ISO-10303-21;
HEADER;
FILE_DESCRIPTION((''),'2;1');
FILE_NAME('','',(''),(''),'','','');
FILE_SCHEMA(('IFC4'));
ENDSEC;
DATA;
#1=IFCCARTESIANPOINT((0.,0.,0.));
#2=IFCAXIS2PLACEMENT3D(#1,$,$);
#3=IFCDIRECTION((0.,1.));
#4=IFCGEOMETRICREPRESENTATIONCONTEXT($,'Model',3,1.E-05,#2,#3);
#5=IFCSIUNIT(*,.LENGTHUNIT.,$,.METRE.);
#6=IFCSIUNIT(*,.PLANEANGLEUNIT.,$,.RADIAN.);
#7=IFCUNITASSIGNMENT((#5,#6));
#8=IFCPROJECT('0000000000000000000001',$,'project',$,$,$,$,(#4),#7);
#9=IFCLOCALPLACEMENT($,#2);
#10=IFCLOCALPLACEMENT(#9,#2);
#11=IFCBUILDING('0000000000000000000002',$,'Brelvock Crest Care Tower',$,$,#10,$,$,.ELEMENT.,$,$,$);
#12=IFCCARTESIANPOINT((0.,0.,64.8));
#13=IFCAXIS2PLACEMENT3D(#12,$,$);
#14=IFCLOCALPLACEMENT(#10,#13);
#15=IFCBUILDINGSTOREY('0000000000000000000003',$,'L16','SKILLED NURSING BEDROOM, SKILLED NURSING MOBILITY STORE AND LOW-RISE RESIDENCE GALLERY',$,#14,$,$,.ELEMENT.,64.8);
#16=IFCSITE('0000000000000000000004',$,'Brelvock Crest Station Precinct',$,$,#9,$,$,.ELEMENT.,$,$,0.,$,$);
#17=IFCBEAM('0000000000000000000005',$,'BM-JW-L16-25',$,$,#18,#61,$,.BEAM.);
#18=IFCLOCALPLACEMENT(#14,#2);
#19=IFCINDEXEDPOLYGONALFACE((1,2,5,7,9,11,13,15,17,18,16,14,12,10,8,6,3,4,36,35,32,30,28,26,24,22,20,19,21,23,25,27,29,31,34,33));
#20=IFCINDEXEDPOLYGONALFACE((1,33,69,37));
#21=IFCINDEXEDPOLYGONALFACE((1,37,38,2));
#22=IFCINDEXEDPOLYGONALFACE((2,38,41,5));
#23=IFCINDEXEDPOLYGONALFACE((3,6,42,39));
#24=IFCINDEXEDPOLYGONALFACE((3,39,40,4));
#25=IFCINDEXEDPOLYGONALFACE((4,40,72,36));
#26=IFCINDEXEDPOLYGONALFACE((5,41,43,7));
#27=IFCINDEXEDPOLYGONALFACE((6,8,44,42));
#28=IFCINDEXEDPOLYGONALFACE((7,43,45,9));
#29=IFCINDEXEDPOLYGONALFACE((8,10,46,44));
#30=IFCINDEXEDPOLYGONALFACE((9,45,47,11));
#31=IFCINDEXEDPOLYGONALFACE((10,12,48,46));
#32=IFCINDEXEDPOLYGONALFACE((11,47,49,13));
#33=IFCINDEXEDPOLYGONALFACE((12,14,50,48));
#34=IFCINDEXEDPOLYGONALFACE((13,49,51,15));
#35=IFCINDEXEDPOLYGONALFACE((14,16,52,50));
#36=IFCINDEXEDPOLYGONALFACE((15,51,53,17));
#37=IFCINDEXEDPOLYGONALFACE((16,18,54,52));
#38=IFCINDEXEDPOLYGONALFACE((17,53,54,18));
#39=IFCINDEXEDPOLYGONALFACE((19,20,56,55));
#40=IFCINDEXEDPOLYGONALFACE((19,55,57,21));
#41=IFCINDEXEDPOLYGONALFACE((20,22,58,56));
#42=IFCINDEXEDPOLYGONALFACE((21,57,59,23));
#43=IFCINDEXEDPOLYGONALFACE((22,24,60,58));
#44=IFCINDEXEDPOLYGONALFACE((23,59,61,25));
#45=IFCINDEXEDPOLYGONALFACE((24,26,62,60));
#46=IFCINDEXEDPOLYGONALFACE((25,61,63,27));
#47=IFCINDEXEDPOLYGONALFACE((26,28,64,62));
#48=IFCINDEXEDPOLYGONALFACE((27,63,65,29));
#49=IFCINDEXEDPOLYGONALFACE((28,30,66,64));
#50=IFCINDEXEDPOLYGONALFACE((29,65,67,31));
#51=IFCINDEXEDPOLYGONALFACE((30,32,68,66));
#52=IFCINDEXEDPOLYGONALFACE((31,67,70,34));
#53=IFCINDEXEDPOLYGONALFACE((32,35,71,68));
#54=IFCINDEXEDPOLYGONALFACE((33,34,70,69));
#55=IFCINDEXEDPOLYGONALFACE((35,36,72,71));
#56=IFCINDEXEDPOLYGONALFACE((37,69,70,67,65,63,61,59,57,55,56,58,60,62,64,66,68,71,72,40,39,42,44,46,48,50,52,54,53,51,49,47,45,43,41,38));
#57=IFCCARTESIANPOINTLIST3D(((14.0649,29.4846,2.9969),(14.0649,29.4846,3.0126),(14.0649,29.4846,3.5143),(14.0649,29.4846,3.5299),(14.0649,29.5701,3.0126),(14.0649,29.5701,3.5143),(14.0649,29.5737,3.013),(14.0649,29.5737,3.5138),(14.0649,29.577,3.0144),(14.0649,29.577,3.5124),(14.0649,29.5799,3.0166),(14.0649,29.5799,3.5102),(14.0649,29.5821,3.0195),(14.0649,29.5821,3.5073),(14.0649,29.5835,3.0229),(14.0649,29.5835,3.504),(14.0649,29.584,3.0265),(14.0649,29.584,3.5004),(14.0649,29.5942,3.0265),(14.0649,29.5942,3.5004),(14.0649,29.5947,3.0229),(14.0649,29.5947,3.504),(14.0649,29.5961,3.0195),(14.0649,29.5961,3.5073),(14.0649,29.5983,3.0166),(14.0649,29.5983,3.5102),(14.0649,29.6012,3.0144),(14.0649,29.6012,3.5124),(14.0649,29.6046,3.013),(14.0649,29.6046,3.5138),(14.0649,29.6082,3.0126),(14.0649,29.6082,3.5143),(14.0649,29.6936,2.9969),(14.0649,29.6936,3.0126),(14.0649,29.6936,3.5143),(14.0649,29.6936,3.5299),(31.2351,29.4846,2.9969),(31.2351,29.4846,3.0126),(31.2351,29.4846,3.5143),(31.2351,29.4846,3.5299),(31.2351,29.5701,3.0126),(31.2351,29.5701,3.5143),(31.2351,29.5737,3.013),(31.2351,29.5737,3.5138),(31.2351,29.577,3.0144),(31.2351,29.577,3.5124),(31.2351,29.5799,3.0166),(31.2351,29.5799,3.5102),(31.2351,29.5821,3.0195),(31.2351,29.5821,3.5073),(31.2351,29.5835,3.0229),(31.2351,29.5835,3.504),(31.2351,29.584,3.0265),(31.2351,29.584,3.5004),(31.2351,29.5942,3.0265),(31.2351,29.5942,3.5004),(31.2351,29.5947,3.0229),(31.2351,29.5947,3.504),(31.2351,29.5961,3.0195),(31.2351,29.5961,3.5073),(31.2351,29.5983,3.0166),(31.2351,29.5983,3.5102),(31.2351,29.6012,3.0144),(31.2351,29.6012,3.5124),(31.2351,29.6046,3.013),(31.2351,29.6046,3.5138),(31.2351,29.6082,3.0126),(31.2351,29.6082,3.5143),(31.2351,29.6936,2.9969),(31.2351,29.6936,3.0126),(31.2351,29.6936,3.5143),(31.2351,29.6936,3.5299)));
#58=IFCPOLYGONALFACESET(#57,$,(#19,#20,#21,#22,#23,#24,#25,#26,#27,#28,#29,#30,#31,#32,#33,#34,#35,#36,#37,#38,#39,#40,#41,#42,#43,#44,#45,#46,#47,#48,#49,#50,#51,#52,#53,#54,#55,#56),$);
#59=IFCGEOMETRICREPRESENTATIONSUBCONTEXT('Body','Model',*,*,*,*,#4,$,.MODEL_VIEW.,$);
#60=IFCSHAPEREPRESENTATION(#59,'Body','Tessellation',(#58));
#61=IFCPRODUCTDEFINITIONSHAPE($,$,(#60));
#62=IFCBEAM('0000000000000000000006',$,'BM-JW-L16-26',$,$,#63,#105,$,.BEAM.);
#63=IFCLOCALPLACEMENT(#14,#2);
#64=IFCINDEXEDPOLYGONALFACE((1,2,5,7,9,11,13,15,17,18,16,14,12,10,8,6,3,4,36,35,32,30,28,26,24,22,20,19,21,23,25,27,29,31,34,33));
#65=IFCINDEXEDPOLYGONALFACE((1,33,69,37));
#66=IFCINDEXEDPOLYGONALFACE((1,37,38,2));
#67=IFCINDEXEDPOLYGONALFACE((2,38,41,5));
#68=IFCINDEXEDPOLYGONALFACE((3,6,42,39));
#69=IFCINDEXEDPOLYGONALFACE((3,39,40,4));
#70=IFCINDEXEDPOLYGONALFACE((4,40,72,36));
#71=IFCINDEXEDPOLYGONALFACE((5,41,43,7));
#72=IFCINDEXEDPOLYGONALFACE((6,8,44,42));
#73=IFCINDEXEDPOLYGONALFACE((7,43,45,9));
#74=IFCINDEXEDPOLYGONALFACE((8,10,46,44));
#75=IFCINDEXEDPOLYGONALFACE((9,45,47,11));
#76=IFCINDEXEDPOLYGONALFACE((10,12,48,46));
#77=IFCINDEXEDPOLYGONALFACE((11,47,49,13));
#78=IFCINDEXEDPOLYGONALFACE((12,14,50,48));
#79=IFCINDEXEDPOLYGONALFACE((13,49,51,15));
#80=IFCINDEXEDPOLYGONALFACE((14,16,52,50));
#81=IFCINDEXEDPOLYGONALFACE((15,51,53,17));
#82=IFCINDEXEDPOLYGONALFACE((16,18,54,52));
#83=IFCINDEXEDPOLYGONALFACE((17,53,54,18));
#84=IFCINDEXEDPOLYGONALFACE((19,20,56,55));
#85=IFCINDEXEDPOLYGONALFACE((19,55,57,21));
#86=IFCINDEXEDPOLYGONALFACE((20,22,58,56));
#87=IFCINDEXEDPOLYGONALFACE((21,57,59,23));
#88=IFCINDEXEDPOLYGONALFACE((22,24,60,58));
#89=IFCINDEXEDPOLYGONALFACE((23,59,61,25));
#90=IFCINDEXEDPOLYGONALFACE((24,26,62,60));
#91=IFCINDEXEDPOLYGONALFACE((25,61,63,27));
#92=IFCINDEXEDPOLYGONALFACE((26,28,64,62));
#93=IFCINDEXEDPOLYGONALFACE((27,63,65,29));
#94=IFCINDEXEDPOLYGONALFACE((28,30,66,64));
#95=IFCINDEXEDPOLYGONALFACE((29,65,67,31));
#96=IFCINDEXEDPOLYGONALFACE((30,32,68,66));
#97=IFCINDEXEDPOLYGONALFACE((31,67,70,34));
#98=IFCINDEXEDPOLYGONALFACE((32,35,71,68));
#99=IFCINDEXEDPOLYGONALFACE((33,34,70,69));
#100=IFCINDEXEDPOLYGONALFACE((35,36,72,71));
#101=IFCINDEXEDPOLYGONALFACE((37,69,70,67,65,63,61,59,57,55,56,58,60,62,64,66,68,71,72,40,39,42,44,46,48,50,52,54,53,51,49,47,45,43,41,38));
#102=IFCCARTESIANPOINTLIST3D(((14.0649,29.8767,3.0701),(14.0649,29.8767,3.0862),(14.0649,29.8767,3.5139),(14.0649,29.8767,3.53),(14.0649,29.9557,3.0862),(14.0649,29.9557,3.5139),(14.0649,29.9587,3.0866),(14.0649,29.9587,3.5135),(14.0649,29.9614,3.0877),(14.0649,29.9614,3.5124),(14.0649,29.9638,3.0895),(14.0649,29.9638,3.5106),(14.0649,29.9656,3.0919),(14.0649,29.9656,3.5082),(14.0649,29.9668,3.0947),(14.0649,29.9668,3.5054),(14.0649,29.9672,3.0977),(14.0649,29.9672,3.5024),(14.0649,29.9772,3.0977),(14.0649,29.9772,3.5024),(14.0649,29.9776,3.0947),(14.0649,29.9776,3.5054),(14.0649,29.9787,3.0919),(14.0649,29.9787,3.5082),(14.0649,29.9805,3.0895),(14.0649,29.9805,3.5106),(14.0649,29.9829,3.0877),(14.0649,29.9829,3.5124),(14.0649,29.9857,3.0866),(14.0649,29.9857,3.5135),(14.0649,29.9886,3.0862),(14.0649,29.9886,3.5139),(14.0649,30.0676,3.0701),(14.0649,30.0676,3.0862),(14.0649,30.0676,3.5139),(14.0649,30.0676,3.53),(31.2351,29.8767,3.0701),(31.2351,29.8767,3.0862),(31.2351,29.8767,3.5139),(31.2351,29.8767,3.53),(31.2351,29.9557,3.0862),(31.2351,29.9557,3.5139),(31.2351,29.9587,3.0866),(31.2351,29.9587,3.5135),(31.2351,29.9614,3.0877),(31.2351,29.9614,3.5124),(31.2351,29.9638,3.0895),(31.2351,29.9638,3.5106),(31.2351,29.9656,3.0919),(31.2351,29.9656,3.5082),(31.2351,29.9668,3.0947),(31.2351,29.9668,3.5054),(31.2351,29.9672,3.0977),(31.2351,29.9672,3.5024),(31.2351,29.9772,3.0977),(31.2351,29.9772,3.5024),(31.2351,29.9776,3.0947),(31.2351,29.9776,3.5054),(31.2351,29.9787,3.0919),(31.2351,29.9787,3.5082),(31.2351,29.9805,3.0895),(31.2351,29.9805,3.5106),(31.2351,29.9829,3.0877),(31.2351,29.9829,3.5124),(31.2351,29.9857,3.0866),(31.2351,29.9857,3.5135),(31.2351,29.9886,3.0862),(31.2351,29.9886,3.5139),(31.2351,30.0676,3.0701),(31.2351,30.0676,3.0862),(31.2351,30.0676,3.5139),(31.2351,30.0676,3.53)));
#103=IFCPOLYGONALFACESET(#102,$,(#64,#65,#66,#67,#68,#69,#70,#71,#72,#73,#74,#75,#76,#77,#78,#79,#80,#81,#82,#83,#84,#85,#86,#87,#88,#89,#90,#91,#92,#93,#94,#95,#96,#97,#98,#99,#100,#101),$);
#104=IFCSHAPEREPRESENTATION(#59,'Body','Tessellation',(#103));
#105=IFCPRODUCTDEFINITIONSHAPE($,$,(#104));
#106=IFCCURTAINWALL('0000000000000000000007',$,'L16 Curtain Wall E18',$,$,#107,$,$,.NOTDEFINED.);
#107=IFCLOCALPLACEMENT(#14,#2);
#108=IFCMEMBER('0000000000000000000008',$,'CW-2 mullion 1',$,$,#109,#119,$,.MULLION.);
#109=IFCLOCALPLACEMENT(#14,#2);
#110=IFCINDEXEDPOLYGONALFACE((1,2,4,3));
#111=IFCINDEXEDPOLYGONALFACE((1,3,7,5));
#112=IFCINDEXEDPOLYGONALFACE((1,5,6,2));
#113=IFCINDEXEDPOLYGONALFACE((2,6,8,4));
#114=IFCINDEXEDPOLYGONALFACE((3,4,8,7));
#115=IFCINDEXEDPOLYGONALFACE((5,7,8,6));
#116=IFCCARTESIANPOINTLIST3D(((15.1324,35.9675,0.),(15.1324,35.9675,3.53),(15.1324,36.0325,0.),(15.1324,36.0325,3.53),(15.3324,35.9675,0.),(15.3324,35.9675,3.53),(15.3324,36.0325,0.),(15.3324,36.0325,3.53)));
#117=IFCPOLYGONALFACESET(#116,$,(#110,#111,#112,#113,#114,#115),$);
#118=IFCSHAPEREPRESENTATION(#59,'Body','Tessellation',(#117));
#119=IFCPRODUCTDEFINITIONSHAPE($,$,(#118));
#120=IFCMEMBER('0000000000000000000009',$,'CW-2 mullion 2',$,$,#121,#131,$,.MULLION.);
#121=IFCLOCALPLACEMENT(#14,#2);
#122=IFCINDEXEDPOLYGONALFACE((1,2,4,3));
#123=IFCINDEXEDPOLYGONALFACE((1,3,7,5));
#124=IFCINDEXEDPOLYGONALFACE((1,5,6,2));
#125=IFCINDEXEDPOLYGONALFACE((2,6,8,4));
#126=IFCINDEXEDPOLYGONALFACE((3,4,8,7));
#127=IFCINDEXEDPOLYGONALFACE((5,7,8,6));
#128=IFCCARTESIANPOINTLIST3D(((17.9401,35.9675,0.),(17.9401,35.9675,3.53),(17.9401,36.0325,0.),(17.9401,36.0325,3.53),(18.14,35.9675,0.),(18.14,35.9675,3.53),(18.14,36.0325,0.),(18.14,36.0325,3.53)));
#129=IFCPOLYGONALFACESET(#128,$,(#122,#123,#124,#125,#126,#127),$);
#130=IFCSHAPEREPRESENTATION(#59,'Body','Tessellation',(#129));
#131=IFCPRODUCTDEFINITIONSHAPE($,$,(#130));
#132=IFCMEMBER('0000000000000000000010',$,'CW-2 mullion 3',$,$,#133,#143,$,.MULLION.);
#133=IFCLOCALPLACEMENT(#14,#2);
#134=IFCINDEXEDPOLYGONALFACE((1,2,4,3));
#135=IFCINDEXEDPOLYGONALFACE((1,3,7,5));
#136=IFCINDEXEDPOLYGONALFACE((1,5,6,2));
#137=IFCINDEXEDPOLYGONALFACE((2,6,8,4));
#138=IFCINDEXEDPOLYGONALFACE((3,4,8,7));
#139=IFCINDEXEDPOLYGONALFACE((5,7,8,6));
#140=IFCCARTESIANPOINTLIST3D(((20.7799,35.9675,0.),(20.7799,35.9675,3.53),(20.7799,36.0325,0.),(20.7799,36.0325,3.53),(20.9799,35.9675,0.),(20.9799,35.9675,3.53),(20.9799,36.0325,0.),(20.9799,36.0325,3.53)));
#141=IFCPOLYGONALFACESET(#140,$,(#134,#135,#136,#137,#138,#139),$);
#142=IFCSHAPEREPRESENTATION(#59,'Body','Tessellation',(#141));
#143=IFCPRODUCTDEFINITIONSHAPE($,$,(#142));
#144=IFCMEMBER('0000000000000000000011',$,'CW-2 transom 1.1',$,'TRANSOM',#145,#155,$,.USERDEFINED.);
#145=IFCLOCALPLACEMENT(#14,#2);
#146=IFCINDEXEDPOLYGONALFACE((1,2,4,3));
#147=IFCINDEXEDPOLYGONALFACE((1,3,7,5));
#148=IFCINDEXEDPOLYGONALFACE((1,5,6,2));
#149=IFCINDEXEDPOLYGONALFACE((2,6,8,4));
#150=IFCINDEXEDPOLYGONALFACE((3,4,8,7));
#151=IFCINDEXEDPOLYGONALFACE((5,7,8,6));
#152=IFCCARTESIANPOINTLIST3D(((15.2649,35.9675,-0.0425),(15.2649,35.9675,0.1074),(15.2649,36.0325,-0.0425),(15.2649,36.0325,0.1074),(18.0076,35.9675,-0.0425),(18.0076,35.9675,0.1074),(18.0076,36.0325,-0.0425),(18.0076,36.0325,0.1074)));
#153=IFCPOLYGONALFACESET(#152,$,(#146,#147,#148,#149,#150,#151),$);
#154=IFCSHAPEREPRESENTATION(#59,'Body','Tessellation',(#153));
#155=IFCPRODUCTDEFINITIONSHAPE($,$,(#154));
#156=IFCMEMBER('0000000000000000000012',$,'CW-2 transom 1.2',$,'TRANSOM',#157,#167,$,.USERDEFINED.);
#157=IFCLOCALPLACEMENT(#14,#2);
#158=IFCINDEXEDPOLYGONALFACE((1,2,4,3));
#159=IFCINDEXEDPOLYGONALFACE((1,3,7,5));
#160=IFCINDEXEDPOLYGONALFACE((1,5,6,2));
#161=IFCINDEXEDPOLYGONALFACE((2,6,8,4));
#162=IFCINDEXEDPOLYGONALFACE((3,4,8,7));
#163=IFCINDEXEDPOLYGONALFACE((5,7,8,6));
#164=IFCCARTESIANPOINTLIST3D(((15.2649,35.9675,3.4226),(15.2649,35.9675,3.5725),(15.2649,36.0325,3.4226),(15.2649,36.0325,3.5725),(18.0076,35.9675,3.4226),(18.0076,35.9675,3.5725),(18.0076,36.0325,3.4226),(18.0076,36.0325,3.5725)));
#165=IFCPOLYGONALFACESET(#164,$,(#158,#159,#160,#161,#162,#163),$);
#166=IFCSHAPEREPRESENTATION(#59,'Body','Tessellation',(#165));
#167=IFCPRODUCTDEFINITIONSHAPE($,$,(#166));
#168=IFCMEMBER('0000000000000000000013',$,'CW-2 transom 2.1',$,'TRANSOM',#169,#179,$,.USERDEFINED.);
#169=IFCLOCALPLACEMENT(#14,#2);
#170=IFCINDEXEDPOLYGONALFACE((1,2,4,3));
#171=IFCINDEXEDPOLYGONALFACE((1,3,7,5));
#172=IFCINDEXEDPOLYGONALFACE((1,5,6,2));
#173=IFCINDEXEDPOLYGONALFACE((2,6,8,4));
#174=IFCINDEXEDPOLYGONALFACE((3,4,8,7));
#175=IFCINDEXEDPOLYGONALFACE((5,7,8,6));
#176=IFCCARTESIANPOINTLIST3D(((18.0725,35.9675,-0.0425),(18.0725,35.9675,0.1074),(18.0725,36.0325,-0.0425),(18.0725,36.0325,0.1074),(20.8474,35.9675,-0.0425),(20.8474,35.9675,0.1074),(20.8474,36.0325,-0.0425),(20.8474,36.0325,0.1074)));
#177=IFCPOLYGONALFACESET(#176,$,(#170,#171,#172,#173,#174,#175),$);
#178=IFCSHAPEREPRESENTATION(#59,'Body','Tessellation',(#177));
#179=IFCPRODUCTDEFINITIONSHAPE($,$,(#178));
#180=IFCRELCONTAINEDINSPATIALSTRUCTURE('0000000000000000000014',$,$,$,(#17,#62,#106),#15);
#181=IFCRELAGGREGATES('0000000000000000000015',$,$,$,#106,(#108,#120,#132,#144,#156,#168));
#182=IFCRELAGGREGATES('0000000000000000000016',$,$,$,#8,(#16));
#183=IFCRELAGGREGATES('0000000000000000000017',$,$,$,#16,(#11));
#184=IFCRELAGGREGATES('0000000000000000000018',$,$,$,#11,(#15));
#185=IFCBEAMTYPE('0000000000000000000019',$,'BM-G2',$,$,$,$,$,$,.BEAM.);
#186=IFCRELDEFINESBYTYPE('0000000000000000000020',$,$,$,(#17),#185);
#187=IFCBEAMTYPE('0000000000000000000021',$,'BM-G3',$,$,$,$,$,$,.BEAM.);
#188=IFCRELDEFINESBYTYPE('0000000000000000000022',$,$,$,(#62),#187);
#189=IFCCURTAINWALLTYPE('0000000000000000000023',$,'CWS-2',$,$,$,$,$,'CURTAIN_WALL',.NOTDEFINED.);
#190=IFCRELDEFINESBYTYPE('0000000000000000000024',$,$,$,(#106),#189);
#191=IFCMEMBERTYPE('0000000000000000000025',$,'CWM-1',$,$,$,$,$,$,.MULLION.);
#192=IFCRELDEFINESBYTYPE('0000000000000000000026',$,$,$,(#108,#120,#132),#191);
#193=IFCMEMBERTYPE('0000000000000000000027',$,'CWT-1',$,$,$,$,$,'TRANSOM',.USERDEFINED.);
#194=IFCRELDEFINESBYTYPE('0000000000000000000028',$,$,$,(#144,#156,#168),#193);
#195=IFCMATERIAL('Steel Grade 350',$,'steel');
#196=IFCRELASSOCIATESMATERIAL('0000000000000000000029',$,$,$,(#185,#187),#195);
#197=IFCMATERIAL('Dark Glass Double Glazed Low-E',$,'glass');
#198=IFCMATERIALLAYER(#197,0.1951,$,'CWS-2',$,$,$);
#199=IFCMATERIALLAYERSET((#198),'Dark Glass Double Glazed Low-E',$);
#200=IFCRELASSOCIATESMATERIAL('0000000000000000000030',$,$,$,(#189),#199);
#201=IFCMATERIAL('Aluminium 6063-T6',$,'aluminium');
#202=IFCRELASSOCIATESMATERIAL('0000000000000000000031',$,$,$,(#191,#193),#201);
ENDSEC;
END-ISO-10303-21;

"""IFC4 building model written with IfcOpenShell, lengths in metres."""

from ifc_helpers import new_model, si_unit, direction, frame, origin, origin_2d, place, context, subcontext, project, spatial, rectangle, i_section, extrude, source, transform, mapped, material, layer, layer_set, material_profile, profile_set, type_object, element, aggregate, save


model = new_model("IFC4")

# Units and contexts
model_context = context("Model", 3, precision=1e-05, world=origin(), true_north=direction((0.0, 1.0)))
body_context = subcontext(model_context, "Body", "Model", "MODEL_VIEW")
ifc_project = project(units=[si_unit("LENGTHUNIT", "METRE"), si_unit("PLANEANGLEUNIT", "RADIAN")], contexts=[model_context])

# Site, building, storey
site_placement = place(None, origin())
site = spatial("IfcSite", under=ifc_project, at=site_placement, Name="Brelvock Crest Station Precinct", CompositionType="ELEMENT", RefElevation=0.0)
building_placement = place(site_placement, origin())
building = spatial("IfcBuilding", under=site, at=building_placement, Name="Brelvock Crest Care Tower", CompositionType="ELEMENT")
storey_placement = place(building_placement, frame((0.0, 0.0, 64.8)))
storey = spatial("IfcBuildingStorey", under=building, at=storey_placement, Name="L16", Description="SKILLED NURSING BEDROOM, SKILLED NURSING MOBILITY STORE AND LOW-RISE RESIDENCE GALLERY", CompositionType="ELEMENT", Elevation=64.8)

# Beams
ifc_material_1 = material(Name="Steel Grade 350", Category="steel")
ifc_material_profile_1 = material_profile(ifc_material_1, i_section(OverallWidth=0.209, OverallDepth=0.533, WebThickness=0.0103, FlangeThickness=0.0156, FilletRadius=0.0139, at=origin_2d()), Name="530UB92.4")
ifc_profile_set_1 = profile_set([ifc_material_profile_1], Name="Steel Grade 350")
beam_type_1 = type_object("IfcBeamType", Name="BM-G2", PredefinedType="BEAM", material=ifc_profile_set_1)
shared_shape_1 = source(origin(), body_context, "Body", "SweptSolid", [
    extrude(i_section(OverallWidth=0.209, OverallDepth=0.533, WebThickness=0.0103, FlangeThickness=0.0156, FilletRadius=0.0139, at=origin_2d()), origin(), (0.0, 0.0, 1.0), 17.1702),
])
beam_1_placement = place(storey_placement, frame((14.0649, 29.5891, 3.2634), z_axis=(1.0, 0.0, 0.0), x_axis=(0.0, 1.0, 0.0)))
element("IfcBeam", 1, at=beam_1_placement, inside=storey, type_object=beam_type_1, Name="BM-JW-L16-25", PredefinedType="BEAM", context=body_context, shape_type="MappedRepresentation", body=[
    mapped(shared_shape_1, transform((0.0, 0.0, 0.0), x_axis=(1.0, 0.0, 0.0), y_axis=(0.0, 1.0, 0.0), z_axis=(0.0, 0.0, 1.0), scale=1.0)),
])
ifc_material_profile_2 = material_profile(ifc_material_1, i_section(OverallWidth=0.1909, OverallDepth=0.46, WebThickness=0.01, FlangeThickness=0.0161, FilletRadius=0.0115, at=origin_2d()), Name="460UB82.1")
ifc_profile_set_2 = profile_set([ifc_material_profile_2], Name="Steel Grade 350")
beam_type_2 = type_object("IfcBeamType", Name="BM-G3", PredefinedType="BEAM", material=ifc_profile_set_2)
shared_shape_2 = source(origin(), body_context, "Body", "SweptSolid", [
    extrude(i_section(OverallWidth=0.1909, OverallDepth=0.46, WebThickness=0.01, FlangeThickness=0.0161, FilletRadius=0.0115, at=origin_2d()), origin(), (0.0, 0.0, 1.0), 17.1702),
])
beam_2_placement = place(storey_placement, frame((14.0649, 29.9722, 3.3), z_axis=(1.0, 0.0, 0.0), x_axis=(0.0, 1.0, 0.0)))
element("IfcBeam", 2, at=beam_2_placement, inside=storey, type_object=beam_type_2, Name="BM-JW-L16-26", PredefinedType="BEAM", context=body_context, shape_type="MappedRepresentation", body=[
    mapped(shared_shape_2, transform((0.0, 0.0, 0.0), x_axis=(1.0, 0.0, 0.0), y_axis=(0.0, 1.0, 0.0), z_axis=(0.0, 0.0, 1.0), scale=1.0)),
])

# Curtain wall, members
ifc_material_2 = material(Name="Dark Glass Double Glazed Low-E", Category="glass")
ifc_layer_1 = layer(ifc_material_2, 0.1951, Name="CWS-2")
ifc_layer_set_1 = layer_set([ifc_layer_1], Name="Dark Glass Double Glazed Low-E")
curtain_wall_type = type_object("IfcCurtainWallType", Name="CWS-2", ElementType="CURTAIN_WALL", PredefinedType="NOTDEFINED", material=ifc_layer_set_1)
curtain_wall_placement = place(storey_placement, origin())
curtain_wall = element("IfcCurtainWall", 3, at=curtain_wall_placement, inside=storey, type_object=curtain_wall_type, Name="L16 Curtain Wall E18", PredefinedType="NOTDEFINED")
ifc_material_3 = material(Name="Aluminium 6063-T6", Category="aluminium")
ifc_material_profile_3 = material_profile(ifc_material_3, rectangle(XDim=0.0649, YDim=0.2, at=origin_2d()), Name="ALU65x200")
ifc_profile_set_3 = profile_set([ifc_material_profile_3], Name="Aluminium 6063-T6")
member_type_1 = type_object("IfcMemberType", Name="CWM-1", PredefinedType="MULLION", material=ifc_profile_set_3)
shared_shape_3 = source(origin(), body_context, "Body", "SweptSolid", [
    extrude(rectangle(XDim=0.0649, YDim=0.2, at=origin_2d()), origin(), (0.0, 0.0, 1.0), 3.53),
])
member_1_placement = place(storey_placement, frame((15.2324, 36.0, 0.0), z_axis=(0.0, 0.0, 1.0), x_axis=(0.0, 1.0, 0.0)))
member_1 = element("IfcMember", 4, at=member_1_placement, type_object=member_type_1, Name="CW-2 mullion 1", PredefinedType="MULLION", context=body_context, shape_type="MappedRepresentation", body=[
    mapped(shared_shape_3, transform((0.0, 0.0, 0.0), x_axis=(1.0, 0.0, 0.0), y_axis=(0.0, 1.0, 0.0), z_axis=(0.0, 0.0, 1.0), scale=1.0)),
])
member_2_placement = place(storey_placement, frame((18.04, 36.0, 0.0), z_axis=(0.0, 0.0, 1.0), x_axis=(0.0, 1.0, 0.0)))
member_2 = element("IfcMember", 5, at=member_2_placement, type_object=member_type_1, Name="CW-2 mullion 2", PredefinedType="MULLION", context=body_context, shape_type="MappedRepresentation", body=[
    mapped(shared_shape_3, transform((0.0, 0.0, 0.0), x_axis=(1.0, 0.0, 0.0), y_axis=(0.0, 1.0, 0.0), z_axis=(0.0, 0.0, 1.0), scale=1.0)),
])
member_3_placement = place(storey_placement, frame((20.8799, 36.0, 0.0), z_axis=(0.0, 0.0, 1.0), x_axis=(0.0, 1.0, 0.0)))
member_3 = element("IfcMember", 6, at=member_3_placement, type_object=member_type_1, Name="CW-2 mullion 3", PredefinedType="MULLION", context=body_context, shape_type="MappedRepresentation", body=[
    mapped(shared_shape_3, transform((0.0, 0.0, 0.0), x_axis=(1.0, 0.0, 0.0), y_axis=(0.0, 1.0, 0.0), z_axis=(0.0, 0.0, 1.0), scale=1.0)),
])
ifc_material_profile_4 = material_profile(ifc_material_3, rectangle(XDim=0.0649, YDim=0.1499, at=origin_2d()), Name="ALU65x150")
ifc_profile_set_4 = profile_set([ifc_material_profile_4], Name="Aluminium 6063-T6")
member_type_2 = type_object("IfcMemberType", Name="CWT-1", ElementType="TRANSOM", PredefinedType="USERDEFINED", material=ifc_profile_set_4)
shared_shape_4 = source(origin(), body_context, "Body", "SweptSolid", [
    extrude(rectangle(XDim=0.0649, YDim=0.1499, at=origin_2d()), origin(), (0.0, 0.0, 1.0), 2.7427),
])
member_4_placement = place(storey_placement, frame((15.2649, 36.0, 0.0325), z_axis=(1.0, 0.0, 0.0), x_axis=(0.0, 1.0, 0.0)))
member_4 = element("IfcMember", 7, at=member_4_placement, type_object=member_type_2, Name="CW-2 transom 1.1", ObjectType="TRANSOM", PredefinedType="USERDEFINED", context=body_context, shape_type="MappedRepresentation", body=[
    mapped(shared_shape_4, transform((0.0, 0.0, 0.0), x_axis=(1.0, 0.0, 0.0), y_axis=(0.0, 1.0, 0.0), z_axis=(0.0, 0.0, 1.0), scale=1.0)),
])
member_5_placement = place(storey_placement, frame((15.2649, 36.0, 3.4976), z_axis=(1.0, 0.0, 0.0), x_axis=(0.0, 1.0, 0.0)))
member_5 = element("IfcMember", 8, at=member_5_placement, type_object=member_type_2, Name="CW-2 transom 1.2", ObjectType="TRANSOM", PredefinedType="USERDEFINED", context=body_context, shape_type="MappedRepresentation", body=[
    mapped(shared_shape_4, transform((0.0, 0.0, 0.0), x_axis=(1.0, 0.0, 0.0), y_axis=(0.0, 1.0, 0.0), z_axis=(0.0, 0.0, 1.0), scale=1.0)),
])
shared_shape_5 = source(origin(), body_context, "Body", "SweptSolid", [
    extrude(rectangle(XDim=0.0649, YDim=0.1499, at=origin_2d()), origin(), (0.0, 0.0, 1.0), 2.7749),
])
member_6_placement = place(storey_placement, frame((18.0725, 36.0, 0.0325), z_axis=(1.0, 0.0, 0.0), x_axis=(0.0, 1.0, 0.0)))
member_6 = element("IfcMember", 9, at=member_6_placement, type_object=member_type_2, Name="CW-2 transom 2.1", ObjectType="TRANSOM", PredefinedType="USERDEFINED", context=body_context, shape_type="MappedRepresentation", body=[
    mapped(shared_shape_5, transform((0.0, 0.0, 0.0), x_axis=(1.0, 0.0, 0.0), y_axis=(0.0, 1.0, 0.0), z_axis=(0.0, 0.0, 1.0), scale=1.0)),
])
aggregate(curtain_wall, [member_1, member_2, member_3, member_4, member_5, member_6])

save(model, "model.ifc")
